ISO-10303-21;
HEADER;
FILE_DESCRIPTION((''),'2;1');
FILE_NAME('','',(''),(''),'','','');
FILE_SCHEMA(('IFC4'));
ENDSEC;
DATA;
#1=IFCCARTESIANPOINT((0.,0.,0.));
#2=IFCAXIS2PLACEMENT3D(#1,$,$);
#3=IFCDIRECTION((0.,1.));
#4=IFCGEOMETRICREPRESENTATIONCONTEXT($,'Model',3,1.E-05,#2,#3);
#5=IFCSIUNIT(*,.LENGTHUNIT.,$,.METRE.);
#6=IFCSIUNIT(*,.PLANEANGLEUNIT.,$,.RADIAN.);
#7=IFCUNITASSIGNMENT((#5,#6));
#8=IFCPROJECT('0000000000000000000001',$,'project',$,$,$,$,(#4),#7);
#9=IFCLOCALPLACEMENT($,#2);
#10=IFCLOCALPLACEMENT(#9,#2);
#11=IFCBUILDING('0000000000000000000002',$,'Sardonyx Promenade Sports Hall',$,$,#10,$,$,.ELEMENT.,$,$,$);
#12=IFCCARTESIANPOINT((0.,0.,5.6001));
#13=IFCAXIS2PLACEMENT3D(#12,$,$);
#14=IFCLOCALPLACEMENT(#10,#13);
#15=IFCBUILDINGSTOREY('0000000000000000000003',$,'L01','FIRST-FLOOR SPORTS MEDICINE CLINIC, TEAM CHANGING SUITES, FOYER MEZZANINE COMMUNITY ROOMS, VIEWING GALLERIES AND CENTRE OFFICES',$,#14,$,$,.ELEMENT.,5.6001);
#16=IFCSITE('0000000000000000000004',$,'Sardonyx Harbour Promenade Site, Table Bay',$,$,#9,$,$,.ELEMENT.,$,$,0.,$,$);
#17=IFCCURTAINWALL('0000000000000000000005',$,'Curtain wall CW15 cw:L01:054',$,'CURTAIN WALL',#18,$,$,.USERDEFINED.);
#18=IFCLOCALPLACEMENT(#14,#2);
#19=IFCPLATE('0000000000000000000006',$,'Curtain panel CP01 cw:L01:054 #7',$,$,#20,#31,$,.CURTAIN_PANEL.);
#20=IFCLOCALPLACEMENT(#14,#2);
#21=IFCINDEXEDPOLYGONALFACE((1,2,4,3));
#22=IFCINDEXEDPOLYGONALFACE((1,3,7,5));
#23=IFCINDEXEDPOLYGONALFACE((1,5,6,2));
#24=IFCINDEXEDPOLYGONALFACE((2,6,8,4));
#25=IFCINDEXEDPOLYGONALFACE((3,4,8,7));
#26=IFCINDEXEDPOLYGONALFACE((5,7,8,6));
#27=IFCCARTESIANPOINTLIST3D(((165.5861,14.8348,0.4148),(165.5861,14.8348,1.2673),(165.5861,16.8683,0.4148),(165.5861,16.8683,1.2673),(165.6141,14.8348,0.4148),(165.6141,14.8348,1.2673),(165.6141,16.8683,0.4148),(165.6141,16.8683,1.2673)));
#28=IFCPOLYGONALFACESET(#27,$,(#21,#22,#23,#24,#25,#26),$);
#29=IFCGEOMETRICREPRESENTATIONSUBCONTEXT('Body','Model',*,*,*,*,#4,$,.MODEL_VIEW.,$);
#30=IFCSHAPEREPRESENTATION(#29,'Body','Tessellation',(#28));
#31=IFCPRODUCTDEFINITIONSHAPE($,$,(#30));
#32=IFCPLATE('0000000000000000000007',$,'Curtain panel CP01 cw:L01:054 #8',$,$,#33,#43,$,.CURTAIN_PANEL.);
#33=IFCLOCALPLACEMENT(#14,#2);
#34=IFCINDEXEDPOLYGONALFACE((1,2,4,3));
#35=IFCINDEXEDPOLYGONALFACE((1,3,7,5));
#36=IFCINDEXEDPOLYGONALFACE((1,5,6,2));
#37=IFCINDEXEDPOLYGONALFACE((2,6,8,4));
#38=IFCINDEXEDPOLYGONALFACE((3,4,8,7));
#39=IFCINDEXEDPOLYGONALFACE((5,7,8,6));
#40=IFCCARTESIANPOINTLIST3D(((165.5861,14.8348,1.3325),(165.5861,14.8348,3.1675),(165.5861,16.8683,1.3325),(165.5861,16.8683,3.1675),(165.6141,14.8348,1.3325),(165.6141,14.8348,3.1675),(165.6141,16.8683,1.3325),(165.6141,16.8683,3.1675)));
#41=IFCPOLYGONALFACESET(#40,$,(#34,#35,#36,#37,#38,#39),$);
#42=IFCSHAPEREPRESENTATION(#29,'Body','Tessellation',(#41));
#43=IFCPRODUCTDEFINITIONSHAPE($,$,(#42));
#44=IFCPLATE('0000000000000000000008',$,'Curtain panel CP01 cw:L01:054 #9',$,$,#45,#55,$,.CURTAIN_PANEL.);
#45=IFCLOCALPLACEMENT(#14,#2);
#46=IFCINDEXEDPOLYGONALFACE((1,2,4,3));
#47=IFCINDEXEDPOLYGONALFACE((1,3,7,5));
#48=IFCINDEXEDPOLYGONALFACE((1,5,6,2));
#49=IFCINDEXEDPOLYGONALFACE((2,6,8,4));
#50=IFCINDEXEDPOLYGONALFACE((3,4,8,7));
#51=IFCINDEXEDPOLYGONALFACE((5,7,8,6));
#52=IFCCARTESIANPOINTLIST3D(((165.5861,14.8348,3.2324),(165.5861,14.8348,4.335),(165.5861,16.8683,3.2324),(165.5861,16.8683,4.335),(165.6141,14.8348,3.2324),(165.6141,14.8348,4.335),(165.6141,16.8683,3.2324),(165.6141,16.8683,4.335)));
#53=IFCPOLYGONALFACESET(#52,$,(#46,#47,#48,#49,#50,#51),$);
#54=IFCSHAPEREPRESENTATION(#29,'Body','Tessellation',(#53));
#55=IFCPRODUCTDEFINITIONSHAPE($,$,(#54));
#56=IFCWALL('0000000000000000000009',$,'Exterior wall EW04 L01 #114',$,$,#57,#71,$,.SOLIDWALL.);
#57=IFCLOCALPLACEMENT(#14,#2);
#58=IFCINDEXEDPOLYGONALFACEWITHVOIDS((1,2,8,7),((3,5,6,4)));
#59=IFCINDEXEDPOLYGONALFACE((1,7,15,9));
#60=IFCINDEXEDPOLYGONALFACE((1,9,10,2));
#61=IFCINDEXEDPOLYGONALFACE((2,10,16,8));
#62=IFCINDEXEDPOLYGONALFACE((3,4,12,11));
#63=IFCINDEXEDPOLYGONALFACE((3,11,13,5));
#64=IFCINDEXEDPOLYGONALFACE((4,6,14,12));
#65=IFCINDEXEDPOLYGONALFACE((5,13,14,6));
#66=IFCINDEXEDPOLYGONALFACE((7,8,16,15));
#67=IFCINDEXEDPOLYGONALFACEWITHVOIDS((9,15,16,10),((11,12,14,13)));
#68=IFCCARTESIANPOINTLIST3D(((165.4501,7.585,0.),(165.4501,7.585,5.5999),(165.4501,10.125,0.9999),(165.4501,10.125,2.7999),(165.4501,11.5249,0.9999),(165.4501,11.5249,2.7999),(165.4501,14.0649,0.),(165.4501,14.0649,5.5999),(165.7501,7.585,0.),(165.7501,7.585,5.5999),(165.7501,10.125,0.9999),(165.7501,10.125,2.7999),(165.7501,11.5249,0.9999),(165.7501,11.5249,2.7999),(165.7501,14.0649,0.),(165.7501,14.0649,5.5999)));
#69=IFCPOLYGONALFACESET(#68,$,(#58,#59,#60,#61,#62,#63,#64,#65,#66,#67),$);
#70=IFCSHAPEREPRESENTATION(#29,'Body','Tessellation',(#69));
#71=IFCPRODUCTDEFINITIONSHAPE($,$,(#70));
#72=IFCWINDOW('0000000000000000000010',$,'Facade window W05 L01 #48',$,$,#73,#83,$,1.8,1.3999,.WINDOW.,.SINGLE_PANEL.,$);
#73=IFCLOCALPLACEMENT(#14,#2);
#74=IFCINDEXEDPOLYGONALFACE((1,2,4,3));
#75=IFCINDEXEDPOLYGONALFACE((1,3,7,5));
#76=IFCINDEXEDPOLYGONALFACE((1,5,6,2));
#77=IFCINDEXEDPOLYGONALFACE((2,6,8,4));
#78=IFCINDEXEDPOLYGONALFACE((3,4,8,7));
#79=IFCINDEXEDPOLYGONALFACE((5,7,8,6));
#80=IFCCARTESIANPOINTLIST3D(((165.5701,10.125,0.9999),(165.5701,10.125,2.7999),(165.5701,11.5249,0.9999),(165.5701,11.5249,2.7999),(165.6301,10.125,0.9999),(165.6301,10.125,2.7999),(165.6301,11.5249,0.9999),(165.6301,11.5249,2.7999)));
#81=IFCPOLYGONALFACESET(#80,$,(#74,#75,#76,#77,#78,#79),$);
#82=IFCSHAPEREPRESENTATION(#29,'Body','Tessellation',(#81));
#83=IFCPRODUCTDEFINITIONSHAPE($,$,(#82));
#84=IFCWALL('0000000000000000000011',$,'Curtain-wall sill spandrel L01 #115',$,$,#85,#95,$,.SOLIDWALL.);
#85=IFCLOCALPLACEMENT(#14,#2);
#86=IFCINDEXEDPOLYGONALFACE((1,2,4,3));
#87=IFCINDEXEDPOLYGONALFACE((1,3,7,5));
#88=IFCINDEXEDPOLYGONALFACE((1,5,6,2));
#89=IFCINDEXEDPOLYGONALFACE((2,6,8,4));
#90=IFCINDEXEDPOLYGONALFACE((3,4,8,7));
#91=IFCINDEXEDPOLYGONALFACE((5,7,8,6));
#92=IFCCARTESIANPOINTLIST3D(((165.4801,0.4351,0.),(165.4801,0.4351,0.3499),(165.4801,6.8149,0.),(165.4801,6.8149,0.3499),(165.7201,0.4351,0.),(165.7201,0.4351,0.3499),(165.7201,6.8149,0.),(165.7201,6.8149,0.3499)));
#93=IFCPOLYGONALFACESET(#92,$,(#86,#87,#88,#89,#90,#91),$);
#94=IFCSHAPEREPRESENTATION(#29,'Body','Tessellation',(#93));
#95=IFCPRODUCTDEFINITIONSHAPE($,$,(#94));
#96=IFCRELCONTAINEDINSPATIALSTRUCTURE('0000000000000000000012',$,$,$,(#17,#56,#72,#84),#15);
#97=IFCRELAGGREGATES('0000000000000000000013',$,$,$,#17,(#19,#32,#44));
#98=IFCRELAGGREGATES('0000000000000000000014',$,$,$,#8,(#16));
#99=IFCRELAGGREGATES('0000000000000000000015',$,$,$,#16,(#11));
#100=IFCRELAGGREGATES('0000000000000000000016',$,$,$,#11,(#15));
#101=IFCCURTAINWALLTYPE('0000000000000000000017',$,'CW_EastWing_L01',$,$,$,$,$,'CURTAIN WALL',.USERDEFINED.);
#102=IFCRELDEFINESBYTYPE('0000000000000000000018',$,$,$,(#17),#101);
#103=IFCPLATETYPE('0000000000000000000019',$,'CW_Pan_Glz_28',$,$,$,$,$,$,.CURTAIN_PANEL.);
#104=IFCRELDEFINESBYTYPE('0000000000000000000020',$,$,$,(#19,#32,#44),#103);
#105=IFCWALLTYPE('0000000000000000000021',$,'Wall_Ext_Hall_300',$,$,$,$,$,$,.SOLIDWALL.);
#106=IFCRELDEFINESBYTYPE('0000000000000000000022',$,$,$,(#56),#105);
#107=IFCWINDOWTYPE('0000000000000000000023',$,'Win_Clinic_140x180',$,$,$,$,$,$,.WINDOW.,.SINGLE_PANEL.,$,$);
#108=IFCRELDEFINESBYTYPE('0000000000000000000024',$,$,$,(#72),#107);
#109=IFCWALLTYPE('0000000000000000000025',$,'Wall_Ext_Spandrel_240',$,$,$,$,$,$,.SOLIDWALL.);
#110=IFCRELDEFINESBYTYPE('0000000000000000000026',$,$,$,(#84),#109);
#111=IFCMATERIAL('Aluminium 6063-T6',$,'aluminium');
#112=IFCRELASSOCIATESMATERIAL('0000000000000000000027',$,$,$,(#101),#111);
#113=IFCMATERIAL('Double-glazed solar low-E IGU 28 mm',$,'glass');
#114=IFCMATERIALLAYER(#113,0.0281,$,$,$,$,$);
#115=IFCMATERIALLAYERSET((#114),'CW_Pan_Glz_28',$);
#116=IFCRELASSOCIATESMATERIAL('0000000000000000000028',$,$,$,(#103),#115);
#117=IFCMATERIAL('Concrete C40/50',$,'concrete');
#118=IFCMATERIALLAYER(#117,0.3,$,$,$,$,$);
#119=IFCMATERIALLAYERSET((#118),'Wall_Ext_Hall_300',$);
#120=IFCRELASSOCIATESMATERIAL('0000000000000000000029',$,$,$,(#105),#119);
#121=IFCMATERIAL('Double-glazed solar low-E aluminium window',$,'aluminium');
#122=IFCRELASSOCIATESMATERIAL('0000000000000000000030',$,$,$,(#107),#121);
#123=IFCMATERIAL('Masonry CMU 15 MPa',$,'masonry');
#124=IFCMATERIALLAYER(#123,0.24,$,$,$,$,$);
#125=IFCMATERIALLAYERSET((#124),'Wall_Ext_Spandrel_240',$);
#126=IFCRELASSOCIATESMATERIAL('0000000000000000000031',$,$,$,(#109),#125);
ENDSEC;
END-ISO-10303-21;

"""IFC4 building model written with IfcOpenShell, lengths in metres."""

from ifc_helpers import new_model, si_unit, direction, frame, frame_2d, origin, origin_2d, place, context, subcontext, project, spatial, rectangle, extrude, material, layer, layer_set, type_object, element, fill, aggregate, save


model = new_model("IFC4")

# Units and contexts
model_context = context("Model", 3, precision=1e-05, world=origin(), true_north=direction((0.0, 1.0)))
body_context = subcontext(model_context, "Body", "Model", "MODEL_VIEW")
ifc_project = project(units=[si_unit("LENGTHUNIT", "METRE"), si_unit("PLANEANGLEUNIT", "RADIAN")], contexts=[model_context])

# Site, building, storey
site_placement = place(None, origin())
site = spatial("IfcSite", under=ifc_project, at=site_placement, Name="Sardonyx Harbour Promenade Site, Table Bay", CompositionType="ELEMENT", RefElevation=0.0)
building_placement = place(site_placement, origin())
building = spatial("IfcBuilding", under=site, at=building_placement, Name="Sardonyx Promenade Sports Hall", CompositionType="ELEMENT")
storey_placement = place(building_placement, frame((0.0, 0.0, 5.6001)))
storey = spatial("IfcBuildingStorey", under=building, at=storey_placement, Name="L01", Description="FIRST-FLOOR SPORTS MEDICINE CLINIC, TEAM CHANGING SUITES, FOYER MEZZANINE COMMUNITY ROOMS, VIEWING GALLERIES AND CENTRE OFFICES", CompositionType="ELEMENT", Elevation=5.6001)

# Curtain wall, plates
ifc_material_1 = material(Name="Aluminium 6063-T6", Category="aluminium")
curtain_wall_type = type_object("IfcCurtainWallType", Name="CW_EastWing_L01", ElementType="CURTAIN WALL", PredefinedType="USERDEFINED", material=ifc_material_1)
curtain_wall_placement = place(storey_placement, origin())
curtain_wall = element("IfcCurtainWall", 1, at=curtain_wall_placement, inside=storey, type_object=curtain_wall_type, Name="Curtain wall CW15 cw:L01:054", ObjectType="CURTAIN WALL", PredefinedType="USERDEFINED")
ifc_material_2 = material(Name="Double-glazed solar low-E IGU 28 mm", Category="glass")
ifc_layer_1 = layer(ifc_material_2, 0.0281)
ifc_layer_set_1 = layer_set([ifc_layer_1], Name="CW_Pan_Glz_28")
plate_type = type_object("IfcPlateType", Name="CW_Pan_Glz_28", PredefinedType="CURTAIN_PANEL", material=ifc_layer_set_1)
plate_1_placement = place(storey_placement, frame((165.6001, 15.8516, 0.4148), z_axis=(0.0, 0.0, 1.0), x_axis=(0.0, -1.0, 0.0)))
plate_1 = element("IfcPlate", 2, at=plate_1_placement, type_object=plate_type, Name="Curtain panel CP01 cw:L01:054 #7", PredefinedType="CURTAIN_PANEL", context=body_context, shape_type="SweptSolid", body=[
    extrude(rectangle(XDim=2.0334, YDim=0.0281, at=origin_2d()), origin(), (0.0, 0.0, 1.0), 0.8525),
])
plate_2_placement = place(storey_placement, frame((165.6001, 15.8516, 1.3325), z_axis=(0.0, 0.0, 1.0), x_axis=(0.0, -1.0, 0.0)))
plate_2 = element("IfcPlate", 3, at=plate_2_placement, type_object=plate_type, Name="Curtain panel CP01 cw:L01:054 #8", PredefinedType="CURTAIN_PANEL", context=body_context, shape_type="SweptSolid", body=[
    extrude(rectangle(XDim=2.0334, YDim=0.0281, at=origin_2d()), origin(), (0.0, 0.0, 1.0), 1.835),
])
plate_3_placement = place(storey_placement, frame((165.6001, 15.8516, 3.2324), z_axis=(0.0, 0.0, 1.0), x_axis=(0.0, -1.0, 0.0)))
plate_3 = element("IfcPlate", 4, at=plate_3_placement, type_object=plate_type, Name="Curtain panel CP01 cw:L01:054 #9", PredefinedType="CURTAIN_PANEL", context=body_context, shape_type="SweptSolid", body=[
    extrude(rectangle(XDim=2.0334, YDim=0.0281, at=origin_2d()), origin(), (0.0, 0.0, 1.0), 1.1025),
])
aggregate(curtain_wall, [plate_1, plate_2, plate_3])

# Wall, opening, window
ifc_material_3 = material(Name="Concrete C40/50", Category="concrete")
ifc_layer_2 = layer(ifc_material_3, 0.3)
ifc_layer_set_2 = layer_set([ifc_layer_2], Name="Wall_Ext_Hall_300")
wall_type_1 = type_object("IfcWallType", Name="Wall_Ext_Hall_300", PredefinedType="SOLIDWALL", material=ifc_layer_set_2)
wall_1_placement = place(storey_placement, frame((165.6001, 14.0649, 0.0), z_axis=(0.0, 0.0, 1.0), x_axis=(0.0, -1.0, 0.0)))
wall_1 = element("IfcWall", 5, at=wall_1_placement, inside=storey, type_object=wall_type_1, Name="Exterior wall EW04 L01 #114", PredefinedType="SOLIDWALL", context=body_context, shape_type="SweptSolid", body=[
    extrude(rectangle(XDim=6.48, YDim=0.3, at=frame_2d((3.24, 0.0))), origin(), (0.0, 0.0, 1.0), 5.5999),
])
opening_placement = place(wall_1_placement, frame((2.54, 0.0, 1.0)))
opening = element("IfcOpeningElement", 6, at=opening_placement, cuts=wall_1, PredefinedType="OPENING", context=body_context, shape_type="SweptSolid", body=[
    extrude(rectangle(XDim=1.3999, YDim=1.8, at=frame_2d((0.7, 0.8999))), frame((0.0, 0.16, 0.0), z_axis=(0.0, -1.0, 0.0), x_axis=(1.0, 0.0, 0.0)), (0.0, 0.0, 1.0), 0.32),
])
ifc_material_4 = material(Name="Double-glazed solar low-E aluminium window", Category="aluminium")
window_type = type_object("IfcWindowType", Name="Win_Clinic_140x180", PartitioningType="SINGLE_PANEL", PredefinedType="WINDOW", material=ifc_material_4)
window_placement = place(opening_placement, origin())
window = element("IfcWindow", 7, at=window_placement, inside=storey, type_object=window_type, Name="Facade window W05 L01 #48", OverallHeight=1.8, OverallWidth=1.3999, PartitioningType="SINGLE_PANEL", PredefinedType="WINDOW", context=body_context, shape_type="SweptSolid", body=[
    extrude(rectangle(XDim=1.3999, YDim=1.8, at=frame_2d((0.7, 0.8999))), frame((0.0, 0.03, 0.0), z_axis=(0.0, -1.0, 0.0), x_axis=(1.0, 0.0, 0.0)), (0.0, 0.0, 1.0), 0.0601),
])
fill(opening, window)

# Wall
ifc_material_5 = material(Name="Masonry CMU 15 MPa", Category="masonry")
ifc_layer_3 = layer(ifc_material_5, 0.24)
ifc_layer_set_3 = layer_set([ifc_layer_3], Name="Wall_Ext_Spandrel_240")
wall_type_2 = type_object("IfcWallType", Name="Wall_Ext_Spandrel_240", PredefinedType="SOLIDWALL", material=ifc_layer_set_3)
wall_2_placement = place(storey_placement, frame((165.6001, 6.8149, 0.0), z_axis=(0.0, 0.0, 1.0), x_axis=(0.0, -1.0, 0.0)))
element("IfcWall", 8, at=wall_2_placement, inside=storey, type_object=wall_type_2, Name="Curtain-wall sill spandrel L01 #115", PredefinedType="SOLIDWALL", context=body_context, shape_type="SweptSolid", body=[
    extrude(rectangle(XDim=6.3799, YDim=0.24, at=frame_2d((3.1899, 0.0))), origin(), (0.0, 0.0, 1.0), 0.3499),
])

save(model, "model.ifc")
